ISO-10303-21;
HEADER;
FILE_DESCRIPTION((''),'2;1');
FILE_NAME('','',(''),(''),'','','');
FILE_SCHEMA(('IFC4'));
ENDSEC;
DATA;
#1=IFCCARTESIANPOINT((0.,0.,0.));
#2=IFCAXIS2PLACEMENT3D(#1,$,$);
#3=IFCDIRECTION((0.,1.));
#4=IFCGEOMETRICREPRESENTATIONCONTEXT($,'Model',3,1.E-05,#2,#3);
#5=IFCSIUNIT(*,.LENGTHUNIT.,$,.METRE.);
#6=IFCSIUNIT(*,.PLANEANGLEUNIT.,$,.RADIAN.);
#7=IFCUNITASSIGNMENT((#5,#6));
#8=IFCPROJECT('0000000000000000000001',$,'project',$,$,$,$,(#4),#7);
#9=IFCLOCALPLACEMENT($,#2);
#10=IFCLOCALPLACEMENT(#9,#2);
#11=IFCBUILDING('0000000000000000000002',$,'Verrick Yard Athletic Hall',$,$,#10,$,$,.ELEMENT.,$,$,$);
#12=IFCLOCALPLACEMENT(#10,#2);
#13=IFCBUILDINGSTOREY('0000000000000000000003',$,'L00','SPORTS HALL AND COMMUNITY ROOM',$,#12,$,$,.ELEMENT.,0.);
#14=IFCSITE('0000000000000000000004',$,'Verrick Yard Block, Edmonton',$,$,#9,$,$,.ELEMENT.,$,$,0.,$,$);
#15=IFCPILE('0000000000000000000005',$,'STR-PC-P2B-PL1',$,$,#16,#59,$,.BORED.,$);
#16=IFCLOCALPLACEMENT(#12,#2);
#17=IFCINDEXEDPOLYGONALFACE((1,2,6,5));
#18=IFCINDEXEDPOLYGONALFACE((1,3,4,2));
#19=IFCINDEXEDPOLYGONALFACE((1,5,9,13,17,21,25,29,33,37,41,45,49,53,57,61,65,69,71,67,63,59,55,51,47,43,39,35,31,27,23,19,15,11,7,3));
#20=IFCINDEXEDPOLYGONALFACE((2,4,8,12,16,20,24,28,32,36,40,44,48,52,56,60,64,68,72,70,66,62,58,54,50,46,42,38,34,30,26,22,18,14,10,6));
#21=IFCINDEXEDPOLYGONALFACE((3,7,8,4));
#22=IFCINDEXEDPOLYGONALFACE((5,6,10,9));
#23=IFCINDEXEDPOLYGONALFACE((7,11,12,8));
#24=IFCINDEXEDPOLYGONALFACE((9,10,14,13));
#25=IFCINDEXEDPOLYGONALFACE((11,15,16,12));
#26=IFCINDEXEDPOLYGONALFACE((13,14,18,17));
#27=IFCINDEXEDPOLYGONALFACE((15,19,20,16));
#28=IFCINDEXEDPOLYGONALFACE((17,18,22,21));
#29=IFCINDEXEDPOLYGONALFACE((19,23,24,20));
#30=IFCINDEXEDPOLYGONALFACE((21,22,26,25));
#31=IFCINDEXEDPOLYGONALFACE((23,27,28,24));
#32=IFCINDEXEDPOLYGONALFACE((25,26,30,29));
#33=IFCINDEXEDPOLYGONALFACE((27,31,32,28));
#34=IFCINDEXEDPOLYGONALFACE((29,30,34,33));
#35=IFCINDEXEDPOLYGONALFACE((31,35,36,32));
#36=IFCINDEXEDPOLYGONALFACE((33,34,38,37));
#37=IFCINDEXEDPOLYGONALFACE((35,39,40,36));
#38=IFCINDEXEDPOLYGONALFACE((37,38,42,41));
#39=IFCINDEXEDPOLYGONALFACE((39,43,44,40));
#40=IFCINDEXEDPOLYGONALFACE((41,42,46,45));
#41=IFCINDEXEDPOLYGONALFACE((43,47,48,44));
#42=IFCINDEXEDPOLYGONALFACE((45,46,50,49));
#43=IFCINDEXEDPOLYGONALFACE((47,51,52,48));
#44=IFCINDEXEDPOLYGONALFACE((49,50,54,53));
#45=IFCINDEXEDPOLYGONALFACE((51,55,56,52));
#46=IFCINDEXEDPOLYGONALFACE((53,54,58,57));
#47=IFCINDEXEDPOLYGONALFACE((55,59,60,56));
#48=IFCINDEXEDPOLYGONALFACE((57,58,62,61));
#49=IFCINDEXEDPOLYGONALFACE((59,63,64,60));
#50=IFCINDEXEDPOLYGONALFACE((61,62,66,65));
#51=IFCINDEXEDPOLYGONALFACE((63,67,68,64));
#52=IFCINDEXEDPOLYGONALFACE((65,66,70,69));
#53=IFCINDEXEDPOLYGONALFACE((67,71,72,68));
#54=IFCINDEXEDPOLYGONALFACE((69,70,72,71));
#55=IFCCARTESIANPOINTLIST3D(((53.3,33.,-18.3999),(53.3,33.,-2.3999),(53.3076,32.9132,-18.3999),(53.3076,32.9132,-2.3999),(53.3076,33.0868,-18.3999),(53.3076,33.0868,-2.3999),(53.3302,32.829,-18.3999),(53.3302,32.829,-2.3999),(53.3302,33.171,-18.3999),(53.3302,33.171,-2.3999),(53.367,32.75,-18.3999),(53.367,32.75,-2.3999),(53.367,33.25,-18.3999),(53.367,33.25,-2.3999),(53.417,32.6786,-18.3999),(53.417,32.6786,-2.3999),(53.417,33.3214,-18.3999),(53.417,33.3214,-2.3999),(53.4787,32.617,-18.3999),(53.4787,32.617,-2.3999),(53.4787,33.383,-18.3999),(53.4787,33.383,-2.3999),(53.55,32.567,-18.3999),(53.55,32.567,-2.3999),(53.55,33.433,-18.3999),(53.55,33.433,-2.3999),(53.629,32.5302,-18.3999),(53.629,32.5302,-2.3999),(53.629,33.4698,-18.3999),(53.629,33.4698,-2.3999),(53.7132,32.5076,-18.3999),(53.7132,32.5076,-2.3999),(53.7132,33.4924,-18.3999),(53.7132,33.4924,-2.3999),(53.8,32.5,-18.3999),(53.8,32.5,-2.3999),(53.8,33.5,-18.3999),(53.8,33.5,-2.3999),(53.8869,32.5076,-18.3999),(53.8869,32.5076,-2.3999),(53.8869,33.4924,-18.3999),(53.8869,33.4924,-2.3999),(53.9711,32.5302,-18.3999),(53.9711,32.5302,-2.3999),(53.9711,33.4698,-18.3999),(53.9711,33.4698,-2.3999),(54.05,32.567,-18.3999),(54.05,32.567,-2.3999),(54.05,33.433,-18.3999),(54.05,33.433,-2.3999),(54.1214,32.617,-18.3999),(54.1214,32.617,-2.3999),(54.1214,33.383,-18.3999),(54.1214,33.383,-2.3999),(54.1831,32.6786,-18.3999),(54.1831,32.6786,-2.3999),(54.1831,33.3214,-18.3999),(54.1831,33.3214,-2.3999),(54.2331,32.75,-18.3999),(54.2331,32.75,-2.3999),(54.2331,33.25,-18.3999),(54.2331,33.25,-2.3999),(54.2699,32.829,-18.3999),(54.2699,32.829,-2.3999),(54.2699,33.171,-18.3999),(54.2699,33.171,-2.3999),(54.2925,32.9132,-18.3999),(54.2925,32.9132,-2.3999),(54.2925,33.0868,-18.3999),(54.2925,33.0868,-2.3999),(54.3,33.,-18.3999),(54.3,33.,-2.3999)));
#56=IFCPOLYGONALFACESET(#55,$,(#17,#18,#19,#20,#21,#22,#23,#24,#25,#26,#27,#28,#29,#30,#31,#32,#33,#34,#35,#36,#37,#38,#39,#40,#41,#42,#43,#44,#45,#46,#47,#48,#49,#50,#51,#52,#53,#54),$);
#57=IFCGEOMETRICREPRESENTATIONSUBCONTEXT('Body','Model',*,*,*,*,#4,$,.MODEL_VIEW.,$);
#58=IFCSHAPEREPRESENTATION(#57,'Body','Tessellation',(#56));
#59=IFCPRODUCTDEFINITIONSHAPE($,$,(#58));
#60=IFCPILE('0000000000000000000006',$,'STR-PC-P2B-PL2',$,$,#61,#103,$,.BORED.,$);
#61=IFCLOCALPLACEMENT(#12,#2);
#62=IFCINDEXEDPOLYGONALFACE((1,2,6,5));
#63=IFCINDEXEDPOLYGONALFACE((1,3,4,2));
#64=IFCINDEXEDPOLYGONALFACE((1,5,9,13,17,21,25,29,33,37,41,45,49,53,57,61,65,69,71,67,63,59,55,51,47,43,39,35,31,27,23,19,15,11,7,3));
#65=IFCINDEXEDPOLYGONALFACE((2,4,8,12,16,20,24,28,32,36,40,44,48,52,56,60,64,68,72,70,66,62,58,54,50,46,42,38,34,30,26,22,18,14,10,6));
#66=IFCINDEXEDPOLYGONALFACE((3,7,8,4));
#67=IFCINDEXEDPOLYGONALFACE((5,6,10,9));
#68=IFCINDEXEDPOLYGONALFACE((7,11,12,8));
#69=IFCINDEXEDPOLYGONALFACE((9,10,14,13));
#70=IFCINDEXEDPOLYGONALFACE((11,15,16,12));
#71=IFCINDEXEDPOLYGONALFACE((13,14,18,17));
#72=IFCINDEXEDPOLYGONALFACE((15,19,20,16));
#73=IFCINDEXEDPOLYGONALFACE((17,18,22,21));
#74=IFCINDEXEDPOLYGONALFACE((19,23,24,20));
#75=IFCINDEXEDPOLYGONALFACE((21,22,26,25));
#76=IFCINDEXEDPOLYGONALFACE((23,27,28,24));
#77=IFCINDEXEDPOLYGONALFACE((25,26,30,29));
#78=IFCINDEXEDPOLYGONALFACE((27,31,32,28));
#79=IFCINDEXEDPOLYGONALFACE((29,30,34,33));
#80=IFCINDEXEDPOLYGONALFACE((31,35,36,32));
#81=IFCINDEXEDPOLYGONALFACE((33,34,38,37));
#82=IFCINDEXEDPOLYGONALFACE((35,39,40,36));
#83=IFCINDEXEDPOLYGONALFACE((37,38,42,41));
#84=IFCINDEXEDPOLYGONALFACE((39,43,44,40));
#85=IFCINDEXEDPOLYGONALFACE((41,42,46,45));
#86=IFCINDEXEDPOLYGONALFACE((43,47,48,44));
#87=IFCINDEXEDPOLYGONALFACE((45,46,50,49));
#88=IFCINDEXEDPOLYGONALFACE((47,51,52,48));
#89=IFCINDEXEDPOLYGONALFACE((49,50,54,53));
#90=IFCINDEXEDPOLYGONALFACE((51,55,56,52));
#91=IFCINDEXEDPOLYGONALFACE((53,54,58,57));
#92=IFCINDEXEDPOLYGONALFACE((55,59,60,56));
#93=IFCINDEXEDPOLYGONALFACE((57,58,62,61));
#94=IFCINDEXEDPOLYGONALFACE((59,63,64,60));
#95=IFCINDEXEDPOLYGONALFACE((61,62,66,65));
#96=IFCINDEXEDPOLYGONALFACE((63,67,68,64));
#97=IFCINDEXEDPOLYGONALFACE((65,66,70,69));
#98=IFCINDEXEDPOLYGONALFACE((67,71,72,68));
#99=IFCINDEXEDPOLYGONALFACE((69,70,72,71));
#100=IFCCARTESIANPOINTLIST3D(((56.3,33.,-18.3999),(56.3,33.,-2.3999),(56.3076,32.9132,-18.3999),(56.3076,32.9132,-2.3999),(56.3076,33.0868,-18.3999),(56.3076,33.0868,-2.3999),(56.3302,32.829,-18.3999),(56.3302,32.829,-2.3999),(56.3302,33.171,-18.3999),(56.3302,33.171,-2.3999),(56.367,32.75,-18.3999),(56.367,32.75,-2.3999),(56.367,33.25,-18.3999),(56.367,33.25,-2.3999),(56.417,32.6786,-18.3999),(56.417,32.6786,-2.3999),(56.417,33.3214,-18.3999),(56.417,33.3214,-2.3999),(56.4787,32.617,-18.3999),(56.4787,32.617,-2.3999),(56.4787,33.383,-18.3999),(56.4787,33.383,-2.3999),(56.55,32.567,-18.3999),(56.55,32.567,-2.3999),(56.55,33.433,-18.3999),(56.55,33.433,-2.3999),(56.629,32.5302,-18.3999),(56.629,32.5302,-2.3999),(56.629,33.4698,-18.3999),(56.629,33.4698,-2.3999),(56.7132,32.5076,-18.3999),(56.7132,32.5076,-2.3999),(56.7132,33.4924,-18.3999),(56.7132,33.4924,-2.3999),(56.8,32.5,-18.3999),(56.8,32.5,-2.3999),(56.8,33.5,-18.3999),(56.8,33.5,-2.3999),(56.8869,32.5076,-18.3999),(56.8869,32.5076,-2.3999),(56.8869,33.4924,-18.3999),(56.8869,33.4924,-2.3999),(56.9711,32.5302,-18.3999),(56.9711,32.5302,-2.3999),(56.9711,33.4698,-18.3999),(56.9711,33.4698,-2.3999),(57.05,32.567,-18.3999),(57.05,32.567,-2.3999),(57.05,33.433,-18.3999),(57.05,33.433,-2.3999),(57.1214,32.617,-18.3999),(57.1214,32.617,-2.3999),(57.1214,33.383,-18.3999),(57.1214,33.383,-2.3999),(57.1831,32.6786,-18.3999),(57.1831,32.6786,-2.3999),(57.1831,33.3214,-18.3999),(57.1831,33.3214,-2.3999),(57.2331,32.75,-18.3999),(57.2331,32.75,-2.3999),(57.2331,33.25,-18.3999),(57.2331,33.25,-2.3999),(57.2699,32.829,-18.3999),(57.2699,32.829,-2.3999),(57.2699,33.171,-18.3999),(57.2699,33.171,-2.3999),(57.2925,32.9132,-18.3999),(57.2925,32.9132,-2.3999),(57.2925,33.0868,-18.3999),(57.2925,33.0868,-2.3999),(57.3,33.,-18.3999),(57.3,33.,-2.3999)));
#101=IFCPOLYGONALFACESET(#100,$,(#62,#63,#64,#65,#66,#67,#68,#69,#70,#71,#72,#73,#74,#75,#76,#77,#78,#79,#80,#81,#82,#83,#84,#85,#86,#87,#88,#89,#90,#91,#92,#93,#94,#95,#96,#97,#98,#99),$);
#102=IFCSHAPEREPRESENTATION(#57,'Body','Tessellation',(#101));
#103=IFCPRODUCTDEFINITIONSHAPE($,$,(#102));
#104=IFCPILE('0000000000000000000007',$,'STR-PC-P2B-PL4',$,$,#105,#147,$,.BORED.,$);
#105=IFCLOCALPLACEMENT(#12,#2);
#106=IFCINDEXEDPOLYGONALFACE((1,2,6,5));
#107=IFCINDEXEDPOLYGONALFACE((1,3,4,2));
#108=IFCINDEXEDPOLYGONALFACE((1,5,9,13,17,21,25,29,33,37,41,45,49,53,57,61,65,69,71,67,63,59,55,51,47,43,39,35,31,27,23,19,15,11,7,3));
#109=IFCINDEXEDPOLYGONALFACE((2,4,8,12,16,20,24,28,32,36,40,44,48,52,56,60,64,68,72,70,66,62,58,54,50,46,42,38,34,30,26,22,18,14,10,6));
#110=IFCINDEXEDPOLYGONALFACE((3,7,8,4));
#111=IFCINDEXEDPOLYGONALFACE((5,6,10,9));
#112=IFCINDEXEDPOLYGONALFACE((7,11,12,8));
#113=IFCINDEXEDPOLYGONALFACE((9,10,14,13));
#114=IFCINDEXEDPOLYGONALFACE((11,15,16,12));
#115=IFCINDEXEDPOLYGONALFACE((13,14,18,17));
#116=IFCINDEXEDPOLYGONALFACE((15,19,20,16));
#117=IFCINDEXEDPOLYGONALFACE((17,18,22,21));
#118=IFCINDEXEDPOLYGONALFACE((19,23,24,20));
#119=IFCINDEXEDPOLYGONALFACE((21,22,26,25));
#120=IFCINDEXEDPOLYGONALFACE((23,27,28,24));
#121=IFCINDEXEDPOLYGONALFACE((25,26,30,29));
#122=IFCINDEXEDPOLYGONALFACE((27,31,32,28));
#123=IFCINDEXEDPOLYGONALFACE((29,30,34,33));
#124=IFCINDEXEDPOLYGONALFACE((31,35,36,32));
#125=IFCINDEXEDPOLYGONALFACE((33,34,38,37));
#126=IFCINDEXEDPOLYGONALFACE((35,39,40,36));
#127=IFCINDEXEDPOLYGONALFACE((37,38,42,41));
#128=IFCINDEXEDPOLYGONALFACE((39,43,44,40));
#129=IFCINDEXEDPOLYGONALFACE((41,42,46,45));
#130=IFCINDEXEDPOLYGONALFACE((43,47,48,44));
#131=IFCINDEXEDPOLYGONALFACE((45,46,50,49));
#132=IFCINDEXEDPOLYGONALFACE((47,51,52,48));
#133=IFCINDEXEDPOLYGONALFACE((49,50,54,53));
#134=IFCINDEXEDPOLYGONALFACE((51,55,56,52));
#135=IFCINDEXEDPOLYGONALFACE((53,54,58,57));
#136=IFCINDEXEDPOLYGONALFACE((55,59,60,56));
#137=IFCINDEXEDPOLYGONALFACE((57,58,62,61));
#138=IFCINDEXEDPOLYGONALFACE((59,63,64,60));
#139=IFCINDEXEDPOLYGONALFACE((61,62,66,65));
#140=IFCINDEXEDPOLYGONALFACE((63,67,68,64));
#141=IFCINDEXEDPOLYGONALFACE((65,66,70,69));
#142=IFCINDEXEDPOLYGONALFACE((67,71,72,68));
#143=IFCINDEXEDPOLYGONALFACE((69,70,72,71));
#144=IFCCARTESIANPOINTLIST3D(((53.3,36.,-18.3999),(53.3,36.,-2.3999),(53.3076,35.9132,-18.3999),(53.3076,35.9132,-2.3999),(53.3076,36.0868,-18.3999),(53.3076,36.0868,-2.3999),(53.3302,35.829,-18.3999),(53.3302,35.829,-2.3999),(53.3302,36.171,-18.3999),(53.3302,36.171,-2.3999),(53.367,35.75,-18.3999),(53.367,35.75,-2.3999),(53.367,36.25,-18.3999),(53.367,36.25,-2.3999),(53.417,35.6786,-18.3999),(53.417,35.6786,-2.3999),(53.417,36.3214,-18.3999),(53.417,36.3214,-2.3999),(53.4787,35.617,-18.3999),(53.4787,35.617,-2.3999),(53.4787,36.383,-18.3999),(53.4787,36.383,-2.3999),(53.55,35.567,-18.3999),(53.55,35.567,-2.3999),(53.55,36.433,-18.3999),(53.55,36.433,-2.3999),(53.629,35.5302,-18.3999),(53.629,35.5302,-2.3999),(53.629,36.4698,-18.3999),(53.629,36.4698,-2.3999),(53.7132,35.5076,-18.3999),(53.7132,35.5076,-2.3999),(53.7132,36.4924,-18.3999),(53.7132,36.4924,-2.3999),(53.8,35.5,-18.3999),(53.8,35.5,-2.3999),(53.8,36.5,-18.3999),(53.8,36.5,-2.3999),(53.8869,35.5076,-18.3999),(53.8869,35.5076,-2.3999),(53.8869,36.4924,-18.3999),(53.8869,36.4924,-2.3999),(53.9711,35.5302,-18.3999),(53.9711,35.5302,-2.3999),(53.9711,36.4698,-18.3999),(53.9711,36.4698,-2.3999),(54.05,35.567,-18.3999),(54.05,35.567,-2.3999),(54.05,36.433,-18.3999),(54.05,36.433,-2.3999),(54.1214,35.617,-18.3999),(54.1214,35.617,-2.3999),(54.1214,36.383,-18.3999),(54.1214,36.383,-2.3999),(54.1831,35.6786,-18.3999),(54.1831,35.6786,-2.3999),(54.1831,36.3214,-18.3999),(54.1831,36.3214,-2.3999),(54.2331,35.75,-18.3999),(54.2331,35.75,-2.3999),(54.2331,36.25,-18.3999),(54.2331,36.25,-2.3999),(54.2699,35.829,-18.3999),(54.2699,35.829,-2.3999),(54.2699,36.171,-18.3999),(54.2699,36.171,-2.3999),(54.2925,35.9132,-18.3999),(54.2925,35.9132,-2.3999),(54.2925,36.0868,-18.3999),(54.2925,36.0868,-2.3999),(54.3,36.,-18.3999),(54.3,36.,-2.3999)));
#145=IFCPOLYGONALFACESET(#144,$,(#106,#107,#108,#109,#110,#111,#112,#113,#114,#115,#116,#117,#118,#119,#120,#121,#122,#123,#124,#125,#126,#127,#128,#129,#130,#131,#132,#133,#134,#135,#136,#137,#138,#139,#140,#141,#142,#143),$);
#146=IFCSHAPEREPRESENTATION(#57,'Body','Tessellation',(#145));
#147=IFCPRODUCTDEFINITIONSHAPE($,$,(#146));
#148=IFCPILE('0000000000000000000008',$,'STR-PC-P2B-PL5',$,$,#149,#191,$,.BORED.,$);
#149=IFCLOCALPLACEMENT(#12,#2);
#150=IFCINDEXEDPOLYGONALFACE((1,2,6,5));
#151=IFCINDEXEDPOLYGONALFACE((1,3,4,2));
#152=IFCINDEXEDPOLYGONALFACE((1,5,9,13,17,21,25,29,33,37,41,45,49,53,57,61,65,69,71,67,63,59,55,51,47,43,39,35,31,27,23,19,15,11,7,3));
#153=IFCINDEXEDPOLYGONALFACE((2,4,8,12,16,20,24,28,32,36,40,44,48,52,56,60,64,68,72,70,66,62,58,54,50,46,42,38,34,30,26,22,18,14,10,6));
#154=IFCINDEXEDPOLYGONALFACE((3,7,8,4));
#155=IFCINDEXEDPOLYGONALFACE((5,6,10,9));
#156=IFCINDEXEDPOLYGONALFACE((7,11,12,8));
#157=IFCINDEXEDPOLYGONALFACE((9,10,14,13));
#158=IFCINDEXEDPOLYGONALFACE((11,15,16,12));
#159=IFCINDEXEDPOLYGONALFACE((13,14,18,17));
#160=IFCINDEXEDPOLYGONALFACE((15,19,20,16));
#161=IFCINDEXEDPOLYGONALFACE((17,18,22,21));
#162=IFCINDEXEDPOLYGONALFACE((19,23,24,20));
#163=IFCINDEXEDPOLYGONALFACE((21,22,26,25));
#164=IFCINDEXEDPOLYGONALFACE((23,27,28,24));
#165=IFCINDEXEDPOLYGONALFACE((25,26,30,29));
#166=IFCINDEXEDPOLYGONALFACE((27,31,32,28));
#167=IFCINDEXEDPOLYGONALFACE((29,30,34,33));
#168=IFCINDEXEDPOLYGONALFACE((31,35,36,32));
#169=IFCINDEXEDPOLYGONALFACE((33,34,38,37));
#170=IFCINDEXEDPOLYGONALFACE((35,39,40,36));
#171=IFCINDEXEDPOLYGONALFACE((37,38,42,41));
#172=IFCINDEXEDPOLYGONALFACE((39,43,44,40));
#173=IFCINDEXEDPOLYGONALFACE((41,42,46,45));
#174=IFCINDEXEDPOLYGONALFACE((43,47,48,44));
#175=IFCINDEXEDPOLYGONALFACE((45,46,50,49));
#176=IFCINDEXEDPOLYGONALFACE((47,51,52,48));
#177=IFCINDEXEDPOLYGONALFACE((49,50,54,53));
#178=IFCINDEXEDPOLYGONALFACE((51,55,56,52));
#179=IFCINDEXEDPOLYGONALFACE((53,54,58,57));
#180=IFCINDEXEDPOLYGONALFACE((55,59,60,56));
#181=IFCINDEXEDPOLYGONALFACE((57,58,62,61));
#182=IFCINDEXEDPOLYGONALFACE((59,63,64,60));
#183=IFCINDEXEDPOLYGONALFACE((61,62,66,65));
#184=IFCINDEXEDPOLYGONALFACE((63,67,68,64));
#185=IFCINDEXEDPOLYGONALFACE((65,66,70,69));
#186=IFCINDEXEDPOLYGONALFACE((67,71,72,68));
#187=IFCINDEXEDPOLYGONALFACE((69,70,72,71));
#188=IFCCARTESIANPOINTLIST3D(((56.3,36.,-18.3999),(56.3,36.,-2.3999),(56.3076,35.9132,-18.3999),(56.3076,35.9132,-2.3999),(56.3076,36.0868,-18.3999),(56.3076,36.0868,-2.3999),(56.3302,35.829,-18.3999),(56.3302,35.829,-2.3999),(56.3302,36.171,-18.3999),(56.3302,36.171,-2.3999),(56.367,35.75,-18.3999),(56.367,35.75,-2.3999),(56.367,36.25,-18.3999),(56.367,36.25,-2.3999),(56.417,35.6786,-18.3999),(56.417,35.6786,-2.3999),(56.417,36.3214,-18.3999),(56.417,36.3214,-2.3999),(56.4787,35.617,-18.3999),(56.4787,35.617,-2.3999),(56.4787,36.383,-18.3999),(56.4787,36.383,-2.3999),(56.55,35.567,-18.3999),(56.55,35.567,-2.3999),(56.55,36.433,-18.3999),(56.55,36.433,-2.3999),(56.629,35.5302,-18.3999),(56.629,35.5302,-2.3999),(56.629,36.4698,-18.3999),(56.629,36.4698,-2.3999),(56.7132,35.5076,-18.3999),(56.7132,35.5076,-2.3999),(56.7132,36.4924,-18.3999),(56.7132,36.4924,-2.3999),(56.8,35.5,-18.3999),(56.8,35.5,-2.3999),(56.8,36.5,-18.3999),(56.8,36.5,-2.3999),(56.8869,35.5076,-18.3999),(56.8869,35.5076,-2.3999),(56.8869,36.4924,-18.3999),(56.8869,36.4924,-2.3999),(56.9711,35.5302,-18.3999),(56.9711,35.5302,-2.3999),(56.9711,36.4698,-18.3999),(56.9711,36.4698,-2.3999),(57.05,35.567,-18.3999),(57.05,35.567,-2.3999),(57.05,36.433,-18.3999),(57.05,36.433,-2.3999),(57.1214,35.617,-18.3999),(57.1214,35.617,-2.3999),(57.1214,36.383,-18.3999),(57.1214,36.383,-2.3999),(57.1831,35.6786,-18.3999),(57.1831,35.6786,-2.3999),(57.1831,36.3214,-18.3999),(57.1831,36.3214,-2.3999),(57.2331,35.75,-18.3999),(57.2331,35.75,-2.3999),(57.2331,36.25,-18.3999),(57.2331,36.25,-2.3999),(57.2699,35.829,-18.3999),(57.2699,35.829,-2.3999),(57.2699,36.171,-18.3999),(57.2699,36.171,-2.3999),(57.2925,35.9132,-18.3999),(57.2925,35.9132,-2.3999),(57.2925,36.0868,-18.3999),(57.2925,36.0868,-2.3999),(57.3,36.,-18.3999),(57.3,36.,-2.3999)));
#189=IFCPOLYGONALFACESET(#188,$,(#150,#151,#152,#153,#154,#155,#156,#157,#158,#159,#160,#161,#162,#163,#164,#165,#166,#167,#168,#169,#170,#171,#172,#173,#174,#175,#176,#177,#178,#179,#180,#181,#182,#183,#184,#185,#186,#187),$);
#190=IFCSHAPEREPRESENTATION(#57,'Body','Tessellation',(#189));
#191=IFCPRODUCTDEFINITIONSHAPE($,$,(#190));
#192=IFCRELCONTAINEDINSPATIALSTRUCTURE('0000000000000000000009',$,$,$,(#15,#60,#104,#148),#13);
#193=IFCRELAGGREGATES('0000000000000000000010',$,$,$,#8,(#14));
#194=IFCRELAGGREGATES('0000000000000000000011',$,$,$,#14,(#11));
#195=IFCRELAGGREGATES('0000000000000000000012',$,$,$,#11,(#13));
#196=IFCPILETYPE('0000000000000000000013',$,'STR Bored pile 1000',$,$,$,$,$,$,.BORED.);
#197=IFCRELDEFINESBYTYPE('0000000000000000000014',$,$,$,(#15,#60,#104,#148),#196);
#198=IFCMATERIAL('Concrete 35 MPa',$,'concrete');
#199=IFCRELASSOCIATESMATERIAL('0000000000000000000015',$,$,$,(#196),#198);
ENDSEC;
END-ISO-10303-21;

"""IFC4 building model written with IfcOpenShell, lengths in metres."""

from ifc_helpers import new_model, si_unit, direction, frame, origin, origin_2d, place, context, subcontext, project, spatial, circle, extrude, material, type_object, element, save


model = new_model("IFC4")

# Units and contexts
model_context = context("Model", 3, precision=1e-05, world=origin(), true_north=direction((0.0, 1.0)))
body_context = subcontext(model_context, "Body", "Model", "MODEL_VIEW")
ifc_project = project(units=[si_unit("LENGTHUNIT", "METRE"), si_unit("PLANEANGLEUNIT", "RADIAN")], contexts=[model_context])

# Site, building, storey
site_placement = place(None, origin())
site = spatial("IfcSite", under=ifc_project, at=site_placement, Name="Verrick Yard Block, Edmonton", CompositionType="ELEMENT", RefElevation=0.0)
building_placement = place(site_placement, origin())
building = spatial("IfcBuilding", under=site, at=building_placement, Name="Verrick Yard Athletic Hall", CompositionType="ELEMENT")
storey_placement = place(building_placement, origin())
storey = spatial("IfcBuildingStorey", under=building, at=storey_placement, Name="L00", Description="SPORTS HALL AND COMMUNITY ROOM", CompositionType="ELEMENT", Elevation=0.0)

# Piles
ifc_material_1 = material(Name="Concrete 35 MPa", Category="concrete")
pile_type = type_object("IfcPileType", Name="STR Bored pile 1000", PredefinedType="BORED", material=ifc_material_1)
for number, where, z_axis, x_axis, name in (
    (1, (53.8, 33.0, -2.3999), (0.0, 0.0, -1.0), (1.0, 0.0, 0.0), "STR-PC-P2B-PL1"),
    (2, (56.8, 33.0, -2.3999), (0.0, 0.0, -1.0), (1.0, 0.0, 0.0), "STR-PC-P2B-PL2"),
    (3, (53.8, 36.0, -2.3999), (0.0, 0.0, -1.0), (1.0, 0.0, 0.0), "STR-PC-P2B-PL4"),
    (4, (56.8, 36.0, -2.3999), (0.0, 0.0, -1.0), (1.0, 0.0, 0.0), "STR-PC-P2B-PL5"),
):
    element("IfcPile", number, at=place(storey_placement, frame(where, z_axis=z_axis, x_axis=x_axis)), inside=storey, type_object=pile_type, Name=name, PredefinedType="BORED", context=body_context, shape_type="SweptSolid", body=[
        extrude(circle(Radius=0.5, at=origin_2d()), origin(), (0.0, 0.0, 1.0), 16.0),
    ])

save(model, "model.ifc")
